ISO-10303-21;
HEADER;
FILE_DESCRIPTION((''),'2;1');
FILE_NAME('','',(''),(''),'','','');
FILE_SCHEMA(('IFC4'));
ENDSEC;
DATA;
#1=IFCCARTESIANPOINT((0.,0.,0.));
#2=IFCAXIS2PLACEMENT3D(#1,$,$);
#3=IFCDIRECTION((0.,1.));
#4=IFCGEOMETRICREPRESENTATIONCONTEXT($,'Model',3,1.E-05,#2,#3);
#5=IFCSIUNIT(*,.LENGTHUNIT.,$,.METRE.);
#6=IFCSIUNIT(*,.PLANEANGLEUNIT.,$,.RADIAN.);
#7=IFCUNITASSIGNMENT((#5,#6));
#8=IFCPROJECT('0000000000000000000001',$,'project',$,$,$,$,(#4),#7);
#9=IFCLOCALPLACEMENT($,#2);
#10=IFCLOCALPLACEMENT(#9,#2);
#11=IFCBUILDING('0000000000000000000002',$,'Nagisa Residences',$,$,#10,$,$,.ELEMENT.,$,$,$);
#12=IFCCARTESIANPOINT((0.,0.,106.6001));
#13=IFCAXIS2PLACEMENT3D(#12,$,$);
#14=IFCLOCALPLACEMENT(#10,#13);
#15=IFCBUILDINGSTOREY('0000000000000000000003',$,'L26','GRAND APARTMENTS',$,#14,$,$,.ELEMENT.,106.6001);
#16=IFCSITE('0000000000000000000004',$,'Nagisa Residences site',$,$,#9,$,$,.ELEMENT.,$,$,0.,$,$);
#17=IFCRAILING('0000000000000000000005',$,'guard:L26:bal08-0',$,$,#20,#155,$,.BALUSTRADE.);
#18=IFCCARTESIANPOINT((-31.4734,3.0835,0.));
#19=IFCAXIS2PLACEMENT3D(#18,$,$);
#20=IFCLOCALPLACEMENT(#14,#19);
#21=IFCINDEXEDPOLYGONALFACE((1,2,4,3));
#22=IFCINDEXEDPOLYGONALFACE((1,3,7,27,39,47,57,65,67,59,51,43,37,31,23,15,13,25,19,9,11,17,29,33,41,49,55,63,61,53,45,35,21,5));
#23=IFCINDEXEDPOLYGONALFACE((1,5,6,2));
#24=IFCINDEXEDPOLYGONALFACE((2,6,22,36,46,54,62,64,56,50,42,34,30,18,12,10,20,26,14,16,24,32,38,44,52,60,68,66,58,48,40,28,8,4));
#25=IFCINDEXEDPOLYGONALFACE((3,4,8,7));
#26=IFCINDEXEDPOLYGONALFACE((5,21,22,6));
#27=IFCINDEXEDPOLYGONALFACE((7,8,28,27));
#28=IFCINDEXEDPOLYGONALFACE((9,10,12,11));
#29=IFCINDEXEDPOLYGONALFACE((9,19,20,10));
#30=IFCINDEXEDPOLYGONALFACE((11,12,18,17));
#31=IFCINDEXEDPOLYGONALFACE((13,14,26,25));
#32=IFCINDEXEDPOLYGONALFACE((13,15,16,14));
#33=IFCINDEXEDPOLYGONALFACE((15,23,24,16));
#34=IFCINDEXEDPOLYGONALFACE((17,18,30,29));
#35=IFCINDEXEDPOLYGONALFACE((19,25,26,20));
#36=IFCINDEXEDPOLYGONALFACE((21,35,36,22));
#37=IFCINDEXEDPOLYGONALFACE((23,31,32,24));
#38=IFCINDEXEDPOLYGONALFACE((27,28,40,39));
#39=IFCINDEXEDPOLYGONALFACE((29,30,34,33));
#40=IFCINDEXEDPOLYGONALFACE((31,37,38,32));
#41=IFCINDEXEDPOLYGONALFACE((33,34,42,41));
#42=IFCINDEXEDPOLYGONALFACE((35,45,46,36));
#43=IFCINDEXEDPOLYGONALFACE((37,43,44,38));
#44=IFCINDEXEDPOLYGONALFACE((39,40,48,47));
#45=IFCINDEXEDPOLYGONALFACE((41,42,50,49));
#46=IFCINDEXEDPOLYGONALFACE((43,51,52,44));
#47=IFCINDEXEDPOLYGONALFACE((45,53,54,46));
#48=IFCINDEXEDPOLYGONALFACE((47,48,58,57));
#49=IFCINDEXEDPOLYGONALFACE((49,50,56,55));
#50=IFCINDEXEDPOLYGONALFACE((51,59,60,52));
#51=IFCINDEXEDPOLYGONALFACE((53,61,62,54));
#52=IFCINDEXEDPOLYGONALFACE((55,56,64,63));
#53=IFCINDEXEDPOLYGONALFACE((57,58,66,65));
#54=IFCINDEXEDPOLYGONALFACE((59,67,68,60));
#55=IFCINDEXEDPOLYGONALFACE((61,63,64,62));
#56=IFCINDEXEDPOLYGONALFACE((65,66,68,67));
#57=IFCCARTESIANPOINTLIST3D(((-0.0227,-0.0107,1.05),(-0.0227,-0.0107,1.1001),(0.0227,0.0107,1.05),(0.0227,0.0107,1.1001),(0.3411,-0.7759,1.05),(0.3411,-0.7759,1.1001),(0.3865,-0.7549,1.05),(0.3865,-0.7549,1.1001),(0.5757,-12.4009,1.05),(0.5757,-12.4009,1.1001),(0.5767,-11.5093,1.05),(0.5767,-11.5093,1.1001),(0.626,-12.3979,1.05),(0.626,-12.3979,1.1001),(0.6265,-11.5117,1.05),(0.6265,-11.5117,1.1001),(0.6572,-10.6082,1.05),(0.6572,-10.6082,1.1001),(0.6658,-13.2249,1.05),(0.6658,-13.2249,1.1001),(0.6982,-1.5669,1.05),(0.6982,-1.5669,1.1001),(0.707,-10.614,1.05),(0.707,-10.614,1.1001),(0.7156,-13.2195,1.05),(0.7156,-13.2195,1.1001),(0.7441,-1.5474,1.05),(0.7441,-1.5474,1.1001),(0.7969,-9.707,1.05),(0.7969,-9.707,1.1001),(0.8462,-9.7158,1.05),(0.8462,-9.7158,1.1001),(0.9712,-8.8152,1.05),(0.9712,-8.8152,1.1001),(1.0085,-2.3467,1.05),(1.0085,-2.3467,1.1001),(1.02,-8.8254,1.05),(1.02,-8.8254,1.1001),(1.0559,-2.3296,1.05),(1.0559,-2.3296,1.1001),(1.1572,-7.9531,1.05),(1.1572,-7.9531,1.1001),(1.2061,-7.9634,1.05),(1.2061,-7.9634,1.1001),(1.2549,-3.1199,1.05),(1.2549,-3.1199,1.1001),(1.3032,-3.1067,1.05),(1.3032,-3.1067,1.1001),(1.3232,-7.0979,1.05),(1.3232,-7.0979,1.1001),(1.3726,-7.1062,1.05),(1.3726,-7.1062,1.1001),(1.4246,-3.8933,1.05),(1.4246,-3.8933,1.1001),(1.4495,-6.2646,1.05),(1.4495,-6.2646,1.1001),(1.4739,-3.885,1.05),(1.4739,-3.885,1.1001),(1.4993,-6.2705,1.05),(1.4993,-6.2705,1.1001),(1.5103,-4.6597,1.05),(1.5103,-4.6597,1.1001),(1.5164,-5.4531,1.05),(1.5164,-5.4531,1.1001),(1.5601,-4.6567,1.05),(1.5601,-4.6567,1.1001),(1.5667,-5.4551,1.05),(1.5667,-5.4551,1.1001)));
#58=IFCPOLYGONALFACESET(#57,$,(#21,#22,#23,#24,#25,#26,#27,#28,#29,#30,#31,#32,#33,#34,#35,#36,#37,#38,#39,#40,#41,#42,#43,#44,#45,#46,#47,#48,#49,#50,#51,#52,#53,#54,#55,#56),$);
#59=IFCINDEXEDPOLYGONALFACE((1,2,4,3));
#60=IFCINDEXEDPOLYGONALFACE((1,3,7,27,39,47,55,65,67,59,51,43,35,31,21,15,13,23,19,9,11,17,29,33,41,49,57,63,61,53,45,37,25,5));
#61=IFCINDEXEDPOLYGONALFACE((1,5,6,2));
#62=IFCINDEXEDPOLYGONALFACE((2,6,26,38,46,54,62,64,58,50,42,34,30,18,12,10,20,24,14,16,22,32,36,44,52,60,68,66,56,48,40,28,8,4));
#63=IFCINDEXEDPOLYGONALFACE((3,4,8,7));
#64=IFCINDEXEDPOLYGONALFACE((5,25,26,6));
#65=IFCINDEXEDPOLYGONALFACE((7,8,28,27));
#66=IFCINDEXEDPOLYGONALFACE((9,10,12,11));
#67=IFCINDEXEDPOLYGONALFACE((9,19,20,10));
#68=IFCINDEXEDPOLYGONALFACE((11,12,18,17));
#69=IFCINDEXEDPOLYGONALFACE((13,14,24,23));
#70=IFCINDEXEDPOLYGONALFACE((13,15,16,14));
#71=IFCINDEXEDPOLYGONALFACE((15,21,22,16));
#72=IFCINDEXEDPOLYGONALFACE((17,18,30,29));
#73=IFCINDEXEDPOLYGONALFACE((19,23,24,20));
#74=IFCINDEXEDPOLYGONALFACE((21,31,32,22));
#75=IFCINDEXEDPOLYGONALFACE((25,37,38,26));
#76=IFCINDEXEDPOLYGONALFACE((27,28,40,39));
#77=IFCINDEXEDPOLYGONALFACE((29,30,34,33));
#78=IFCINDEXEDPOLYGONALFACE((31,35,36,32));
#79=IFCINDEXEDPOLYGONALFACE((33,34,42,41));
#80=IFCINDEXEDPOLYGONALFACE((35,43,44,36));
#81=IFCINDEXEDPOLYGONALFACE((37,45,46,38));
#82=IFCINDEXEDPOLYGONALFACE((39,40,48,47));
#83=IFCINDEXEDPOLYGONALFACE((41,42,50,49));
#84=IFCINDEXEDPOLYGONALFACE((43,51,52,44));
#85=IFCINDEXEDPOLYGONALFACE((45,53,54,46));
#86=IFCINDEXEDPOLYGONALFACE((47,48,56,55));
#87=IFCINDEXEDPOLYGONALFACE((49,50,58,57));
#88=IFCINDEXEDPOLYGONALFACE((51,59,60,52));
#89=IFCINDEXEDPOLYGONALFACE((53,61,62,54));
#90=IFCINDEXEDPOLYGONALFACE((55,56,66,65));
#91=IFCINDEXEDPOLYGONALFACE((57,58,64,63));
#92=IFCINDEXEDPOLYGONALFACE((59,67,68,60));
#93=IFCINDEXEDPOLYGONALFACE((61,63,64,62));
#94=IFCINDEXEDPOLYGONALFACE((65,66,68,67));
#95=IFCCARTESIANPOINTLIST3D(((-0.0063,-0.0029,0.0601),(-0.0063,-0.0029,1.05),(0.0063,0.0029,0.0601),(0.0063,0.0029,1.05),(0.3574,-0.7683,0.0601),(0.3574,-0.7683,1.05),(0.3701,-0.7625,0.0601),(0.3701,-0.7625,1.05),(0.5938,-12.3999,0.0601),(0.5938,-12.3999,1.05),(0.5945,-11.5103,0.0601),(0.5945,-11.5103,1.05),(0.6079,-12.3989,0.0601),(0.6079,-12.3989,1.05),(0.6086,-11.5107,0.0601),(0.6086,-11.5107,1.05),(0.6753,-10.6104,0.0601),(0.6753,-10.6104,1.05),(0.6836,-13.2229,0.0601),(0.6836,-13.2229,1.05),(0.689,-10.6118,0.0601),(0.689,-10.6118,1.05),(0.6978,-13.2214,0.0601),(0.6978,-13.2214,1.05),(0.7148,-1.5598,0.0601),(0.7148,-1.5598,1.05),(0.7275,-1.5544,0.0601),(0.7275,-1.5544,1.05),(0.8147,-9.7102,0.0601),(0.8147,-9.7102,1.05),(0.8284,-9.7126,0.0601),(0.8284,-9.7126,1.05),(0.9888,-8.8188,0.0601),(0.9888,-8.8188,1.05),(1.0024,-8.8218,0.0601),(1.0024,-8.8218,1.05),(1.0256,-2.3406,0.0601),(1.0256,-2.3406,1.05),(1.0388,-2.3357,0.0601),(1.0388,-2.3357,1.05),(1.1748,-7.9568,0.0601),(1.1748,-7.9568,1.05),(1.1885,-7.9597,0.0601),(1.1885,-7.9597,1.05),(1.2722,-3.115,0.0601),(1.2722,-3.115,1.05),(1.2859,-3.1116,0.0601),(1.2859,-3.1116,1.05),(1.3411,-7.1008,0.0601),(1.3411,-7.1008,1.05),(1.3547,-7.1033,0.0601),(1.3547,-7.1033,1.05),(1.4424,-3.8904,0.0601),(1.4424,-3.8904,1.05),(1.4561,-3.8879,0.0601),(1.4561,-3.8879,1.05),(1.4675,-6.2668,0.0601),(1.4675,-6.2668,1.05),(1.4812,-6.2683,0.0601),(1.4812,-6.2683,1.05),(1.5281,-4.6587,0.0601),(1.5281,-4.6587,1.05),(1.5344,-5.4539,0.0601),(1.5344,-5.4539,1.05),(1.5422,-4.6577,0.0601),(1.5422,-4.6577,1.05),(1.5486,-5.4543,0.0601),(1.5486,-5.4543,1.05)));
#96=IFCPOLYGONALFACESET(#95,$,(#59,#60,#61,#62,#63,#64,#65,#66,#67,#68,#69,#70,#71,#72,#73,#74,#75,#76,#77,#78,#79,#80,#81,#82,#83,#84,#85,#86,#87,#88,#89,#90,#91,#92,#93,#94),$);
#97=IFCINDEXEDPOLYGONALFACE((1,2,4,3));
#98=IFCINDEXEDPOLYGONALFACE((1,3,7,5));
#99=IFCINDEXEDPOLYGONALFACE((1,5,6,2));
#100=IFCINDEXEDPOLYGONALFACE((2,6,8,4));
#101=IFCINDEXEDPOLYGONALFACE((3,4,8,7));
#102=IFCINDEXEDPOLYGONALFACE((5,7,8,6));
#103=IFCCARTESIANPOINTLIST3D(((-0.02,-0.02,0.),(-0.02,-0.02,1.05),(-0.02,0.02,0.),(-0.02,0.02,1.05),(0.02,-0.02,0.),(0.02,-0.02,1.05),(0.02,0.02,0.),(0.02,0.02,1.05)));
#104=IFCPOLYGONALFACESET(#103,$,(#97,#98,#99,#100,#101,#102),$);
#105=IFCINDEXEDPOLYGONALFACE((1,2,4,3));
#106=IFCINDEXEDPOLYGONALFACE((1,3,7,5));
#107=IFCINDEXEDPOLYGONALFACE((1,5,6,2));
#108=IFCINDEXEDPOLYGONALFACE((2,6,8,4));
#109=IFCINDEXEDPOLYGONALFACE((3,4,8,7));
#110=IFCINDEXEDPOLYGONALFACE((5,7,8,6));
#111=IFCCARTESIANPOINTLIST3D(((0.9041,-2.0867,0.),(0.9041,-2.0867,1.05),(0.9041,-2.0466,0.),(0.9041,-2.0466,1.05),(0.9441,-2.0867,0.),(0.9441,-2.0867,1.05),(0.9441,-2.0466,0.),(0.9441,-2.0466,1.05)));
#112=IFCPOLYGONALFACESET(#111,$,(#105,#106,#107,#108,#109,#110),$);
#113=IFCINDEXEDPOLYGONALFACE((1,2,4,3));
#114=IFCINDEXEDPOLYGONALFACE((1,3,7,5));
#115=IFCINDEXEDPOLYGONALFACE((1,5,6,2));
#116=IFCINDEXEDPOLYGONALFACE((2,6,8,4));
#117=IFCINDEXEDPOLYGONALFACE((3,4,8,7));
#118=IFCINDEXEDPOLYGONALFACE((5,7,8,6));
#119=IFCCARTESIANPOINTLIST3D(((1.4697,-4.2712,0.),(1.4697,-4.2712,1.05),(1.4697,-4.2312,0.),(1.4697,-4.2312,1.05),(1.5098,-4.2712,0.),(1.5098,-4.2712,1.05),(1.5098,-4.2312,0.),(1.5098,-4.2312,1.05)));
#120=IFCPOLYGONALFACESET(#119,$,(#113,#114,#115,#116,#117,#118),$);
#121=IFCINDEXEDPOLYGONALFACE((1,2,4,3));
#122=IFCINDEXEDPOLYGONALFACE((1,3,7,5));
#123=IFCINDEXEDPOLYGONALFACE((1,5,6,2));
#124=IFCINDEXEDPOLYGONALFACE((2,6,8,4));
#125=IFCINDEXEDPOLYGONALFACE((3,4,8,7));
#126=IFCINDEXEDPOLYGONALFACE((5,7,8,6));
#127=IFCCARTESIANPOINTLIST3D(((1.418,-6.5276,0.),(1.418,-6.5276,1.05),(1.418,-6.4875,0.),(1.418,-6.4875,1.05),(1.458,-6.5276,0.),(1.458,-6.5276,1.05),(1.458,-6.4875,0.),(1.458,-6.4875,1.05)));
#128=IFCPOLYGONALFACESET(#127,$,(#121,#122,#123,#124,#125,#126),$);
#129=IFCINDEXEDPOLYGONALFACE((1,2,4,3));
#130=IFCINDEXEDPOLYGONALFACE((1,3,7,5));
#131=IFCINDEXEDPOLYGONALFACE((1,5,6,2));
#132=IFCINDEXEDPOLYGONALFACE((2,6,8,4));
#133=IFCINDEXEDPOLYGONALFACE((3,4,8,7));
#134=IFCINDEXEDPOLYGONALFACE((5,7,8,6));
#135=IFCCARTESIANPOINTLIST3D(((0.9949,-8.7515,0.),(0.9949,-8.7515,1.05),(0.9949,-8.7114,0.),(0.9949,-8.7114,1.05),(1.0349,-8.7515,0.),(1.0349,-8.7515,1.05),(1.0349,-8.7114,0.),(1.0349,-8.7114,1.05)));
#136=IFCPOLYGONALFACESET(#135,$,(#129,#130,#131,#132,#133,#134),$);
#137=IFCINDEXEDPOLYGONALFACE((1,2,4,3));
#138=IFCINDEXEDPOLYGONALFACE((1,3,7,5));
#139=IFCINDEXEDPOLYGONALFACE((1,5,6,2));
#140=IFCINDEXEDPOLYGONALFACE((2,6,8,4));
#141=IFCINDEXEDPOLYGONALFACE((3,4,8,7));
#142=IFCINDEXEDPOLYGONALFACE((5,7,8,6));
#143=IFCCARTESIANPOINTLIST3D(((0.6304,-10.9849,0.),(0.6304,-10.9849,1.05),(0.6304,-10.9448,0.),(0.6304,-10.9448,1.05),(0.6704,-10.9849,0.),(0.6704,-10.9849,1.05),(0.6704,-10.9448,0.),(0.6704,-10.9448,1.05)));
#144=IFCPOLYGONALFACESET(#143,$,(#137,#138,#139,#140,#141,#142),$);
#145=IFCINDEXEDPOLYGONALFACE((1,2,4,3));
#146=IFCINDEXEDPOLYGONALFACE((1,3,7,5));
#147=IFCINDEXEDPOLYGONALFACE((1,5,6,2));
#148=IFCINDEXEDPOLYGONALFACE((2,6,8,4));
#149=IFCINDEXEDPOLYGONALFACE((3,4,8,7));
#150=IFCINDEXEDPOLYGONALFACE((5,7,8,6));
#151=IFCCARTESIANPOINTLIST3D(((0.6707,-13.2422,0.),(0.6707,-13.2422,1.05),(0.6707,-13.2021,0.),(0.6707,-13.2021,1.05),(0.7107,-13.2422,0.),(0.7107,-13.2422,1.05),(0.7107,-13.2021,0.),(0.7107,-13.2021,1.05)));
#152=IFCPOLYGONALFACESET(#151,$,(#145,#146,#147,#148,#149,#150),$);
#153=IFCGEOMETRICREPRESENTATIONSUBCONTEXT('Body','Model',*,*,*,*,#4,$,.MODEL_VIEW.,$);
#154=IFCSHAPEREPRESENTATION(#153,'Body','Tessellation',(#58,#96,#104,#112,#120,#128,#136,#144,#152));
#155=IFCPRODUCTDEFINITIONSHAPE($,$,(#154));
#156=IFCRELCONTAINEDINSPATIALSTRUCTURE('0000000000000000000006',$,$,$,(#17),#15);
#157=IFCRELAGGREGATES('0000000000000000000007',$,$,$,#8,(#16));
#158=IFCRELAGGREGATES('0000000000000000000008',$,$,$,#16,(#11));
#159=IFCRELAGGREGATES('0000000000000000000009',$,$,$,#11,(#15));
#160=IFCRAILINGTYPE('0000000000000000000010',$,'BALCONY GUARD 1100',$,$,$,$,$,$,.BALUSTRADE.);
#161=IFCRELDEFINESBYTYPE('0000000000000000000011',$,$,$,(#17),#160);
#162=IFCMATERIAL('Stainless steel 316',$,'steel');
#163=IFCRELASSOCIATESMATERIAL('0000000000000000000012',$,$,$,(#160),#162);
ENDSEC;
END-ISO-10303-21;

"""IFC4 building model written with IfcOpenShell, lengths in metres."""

from ifc_helpers import new_model, si_unit, direction, frame, origin, origin_2d, place, context, subcontext, project, spatial, polyline, rectangle, outline, extrude, material, type_object, element, save


model = new_model("IFC4")

# Units and contexts
model_context = context("Model", 3, precision=1e-05, world=origin(), true_north=direction((0.0, 1.0)))
body_context = subcontext(model_context, "Body", "Model", "MODEL_VIEW")
ifc_project = project(units=[si_unit("LENGTHUNIT", "METRE"), si_unit("PLANEANGLEUNIT", "RADIAN")], contexts=[model_context])

# Site, building, storey
site_placement = place(None, origin())
site = spatial("IfcSite", under=ifc_project, at=site_placement, Name="Nagisa Residences site", CompositionType="ELEMENT", RefElevation=0.0)
building_placement = place(site_placement, origin())
building = spatial("IfcBuilding", under=site, at=building_placement, Name="Nagisa Residences", CompositionType="ELEMENT")
storey_placement = place(building_placement, frame((0.0, 0.0, 106.6001)))
storey = spatial("IfcBuildingStorey", under=building, at=storey_placement, Name="L26", Description="GRAND APARTMENTS", CompositionType="ELEMENT", Elevation=106.6001)

# Railing
ifc_material_1 = material(Name="Stainless steel 316", Category="steel")
railing_type = type_object("IfcRailingType", Name="BALCONY GUARD 1100", PredefinedType="BALUSTRADE", material=ifc_material_1)
railing_1_placement = place(storey_placement, frame((-31.4734, 3.0835, 0.0)))
element("IfcRailing", 1, at=railing_1_placement, inside=storey, type_object=railing_type, Name="guard:L26:bal08-0", PredefinedType="BALUSTRADE", context=body_context, shape_type="SweptSolid", body=[
    extrude(outline(polyline([(0.3865, -0.7549), (0.0227, 0.0107), (-0.0227, -0.0107), (0.3411, -0.7759), (0.6982, -1.5669), (1.0085, -2.3467), (1.2549, -3.1199), (1.4246, -3.8933), (1.5103, -4.6597), (1.5164, -5.4531), (1.4495, -6.2646), (1.3232, -7.0979), (1.1572, -7.9531), (0.9712, -8.8152), (0.7969, -9.707), (0.6572, -10.6082), (0.5767, -11.5093), (0.5757, -12.4009), (0.6658, -13.2249), (0.7156, -13.2195), (0.626, -12.3979), (0.6265, -11.5117), (0.707, -10.614), (0.8462, -9.7158), (1.02, -8.8254), (1.2061, -7.9634), (1.3726, -7.1062), (1.4993, -6.2705), (1.5667, -5.4551), (1.5601, -4.6567), (1.4739, -3.885), (1.3032, -3.1067), (1.0559, -2.3296), (0.7441, -1.5474), (0.3865, -0.7549)])), frame((0.0, 0.0, 1.05)), (0.0, 0.0, 1.0), 0.05),
    extrude(outline(polyline([(0.3701, -0.7625), (0.0063, 0.0029), (-0.0063, -0.0029), (0.3574, -0.7683), (0.7148, -1.5598), (1.0256, -2.3406), (1.2722, -3.115), (1.4424, -3.8904), (1.5281, -4.6587), (1.5344, -5.4539), (1.4675, -6.2668), (1.3411, -7.1008), (1.1748, -7.9568), (0.9888, -8.8188), (0.8147, -9.7102), (0.6753, -10.6104), (0.5945, -11.5103), (0.5938, -12.3999), (0.6836, -13.2229), (0.6978, -13.2214), (0.6079, -12.3989), (0.6086, -11.5107), (0.689, -10.6118), (0.8284, -9.7126), (1.0024, -8.8218), (1.1885, -7.9597), (1.3547, -7.1033), (1.4812, -6.2683), (1.5486, -5.4543), (1.5422, -4.6577), (1.4561, -3.8879), (1.2859, -3.1116), (1.0388, -2.3357), (0.7275, -1.5544), (0.3701, -0.7625)])), frame((0.0, 0.0, 0.0601)), (0.0, 0.0, 1.0), 0.99),
    extrude(rectangle(XDim=0.04, YDim=0.04, at=origin_2d()), origin(), (0.0, 0.0, 1.0), 1.05),
    extrude(rectangle(XDim=0.04, YDim=0.04, at=origin_2d()), frame((0.9241, -2.0667, 0.0)), (0.0, 0.0, 1.0), 1.05),
    extrude(rectangle(XDim=0.04, YDim=0.04, at=origin_2d()), frame((1.4897, -4.2512, 0.0)), (0.0, 0.0, 1.0), 1.05),
    extrude(rectangle(XDim=0.04, YDim=0.04, at=origin_2d()), frame((1.438, -6.5076, 0.0)), (0.0, 0.0, 1.0), 1.05),
    extrude(rectangle(XDim=0.04, YDim=0.04, at=origin_2d()), frame((1.0149, -8.7314, 0.0)), (0.0, 0.0, 1.0), 1.05),
    extrude(rectangle(XDim=0.04, YDim=0.04, at=origin_2d()), frame((0.6504, -10.9648, 0.0)), (0.0, 0.0, 1.0), 1.05),
    extrude(rectangle(XDim=0.04, YDim=0.04, at=origin_2d()), frame((0.6907, -13.2222, 0.0)), (0.0, 0.0, 1.0), 1.05),
])

save(model, "model.ifc")
